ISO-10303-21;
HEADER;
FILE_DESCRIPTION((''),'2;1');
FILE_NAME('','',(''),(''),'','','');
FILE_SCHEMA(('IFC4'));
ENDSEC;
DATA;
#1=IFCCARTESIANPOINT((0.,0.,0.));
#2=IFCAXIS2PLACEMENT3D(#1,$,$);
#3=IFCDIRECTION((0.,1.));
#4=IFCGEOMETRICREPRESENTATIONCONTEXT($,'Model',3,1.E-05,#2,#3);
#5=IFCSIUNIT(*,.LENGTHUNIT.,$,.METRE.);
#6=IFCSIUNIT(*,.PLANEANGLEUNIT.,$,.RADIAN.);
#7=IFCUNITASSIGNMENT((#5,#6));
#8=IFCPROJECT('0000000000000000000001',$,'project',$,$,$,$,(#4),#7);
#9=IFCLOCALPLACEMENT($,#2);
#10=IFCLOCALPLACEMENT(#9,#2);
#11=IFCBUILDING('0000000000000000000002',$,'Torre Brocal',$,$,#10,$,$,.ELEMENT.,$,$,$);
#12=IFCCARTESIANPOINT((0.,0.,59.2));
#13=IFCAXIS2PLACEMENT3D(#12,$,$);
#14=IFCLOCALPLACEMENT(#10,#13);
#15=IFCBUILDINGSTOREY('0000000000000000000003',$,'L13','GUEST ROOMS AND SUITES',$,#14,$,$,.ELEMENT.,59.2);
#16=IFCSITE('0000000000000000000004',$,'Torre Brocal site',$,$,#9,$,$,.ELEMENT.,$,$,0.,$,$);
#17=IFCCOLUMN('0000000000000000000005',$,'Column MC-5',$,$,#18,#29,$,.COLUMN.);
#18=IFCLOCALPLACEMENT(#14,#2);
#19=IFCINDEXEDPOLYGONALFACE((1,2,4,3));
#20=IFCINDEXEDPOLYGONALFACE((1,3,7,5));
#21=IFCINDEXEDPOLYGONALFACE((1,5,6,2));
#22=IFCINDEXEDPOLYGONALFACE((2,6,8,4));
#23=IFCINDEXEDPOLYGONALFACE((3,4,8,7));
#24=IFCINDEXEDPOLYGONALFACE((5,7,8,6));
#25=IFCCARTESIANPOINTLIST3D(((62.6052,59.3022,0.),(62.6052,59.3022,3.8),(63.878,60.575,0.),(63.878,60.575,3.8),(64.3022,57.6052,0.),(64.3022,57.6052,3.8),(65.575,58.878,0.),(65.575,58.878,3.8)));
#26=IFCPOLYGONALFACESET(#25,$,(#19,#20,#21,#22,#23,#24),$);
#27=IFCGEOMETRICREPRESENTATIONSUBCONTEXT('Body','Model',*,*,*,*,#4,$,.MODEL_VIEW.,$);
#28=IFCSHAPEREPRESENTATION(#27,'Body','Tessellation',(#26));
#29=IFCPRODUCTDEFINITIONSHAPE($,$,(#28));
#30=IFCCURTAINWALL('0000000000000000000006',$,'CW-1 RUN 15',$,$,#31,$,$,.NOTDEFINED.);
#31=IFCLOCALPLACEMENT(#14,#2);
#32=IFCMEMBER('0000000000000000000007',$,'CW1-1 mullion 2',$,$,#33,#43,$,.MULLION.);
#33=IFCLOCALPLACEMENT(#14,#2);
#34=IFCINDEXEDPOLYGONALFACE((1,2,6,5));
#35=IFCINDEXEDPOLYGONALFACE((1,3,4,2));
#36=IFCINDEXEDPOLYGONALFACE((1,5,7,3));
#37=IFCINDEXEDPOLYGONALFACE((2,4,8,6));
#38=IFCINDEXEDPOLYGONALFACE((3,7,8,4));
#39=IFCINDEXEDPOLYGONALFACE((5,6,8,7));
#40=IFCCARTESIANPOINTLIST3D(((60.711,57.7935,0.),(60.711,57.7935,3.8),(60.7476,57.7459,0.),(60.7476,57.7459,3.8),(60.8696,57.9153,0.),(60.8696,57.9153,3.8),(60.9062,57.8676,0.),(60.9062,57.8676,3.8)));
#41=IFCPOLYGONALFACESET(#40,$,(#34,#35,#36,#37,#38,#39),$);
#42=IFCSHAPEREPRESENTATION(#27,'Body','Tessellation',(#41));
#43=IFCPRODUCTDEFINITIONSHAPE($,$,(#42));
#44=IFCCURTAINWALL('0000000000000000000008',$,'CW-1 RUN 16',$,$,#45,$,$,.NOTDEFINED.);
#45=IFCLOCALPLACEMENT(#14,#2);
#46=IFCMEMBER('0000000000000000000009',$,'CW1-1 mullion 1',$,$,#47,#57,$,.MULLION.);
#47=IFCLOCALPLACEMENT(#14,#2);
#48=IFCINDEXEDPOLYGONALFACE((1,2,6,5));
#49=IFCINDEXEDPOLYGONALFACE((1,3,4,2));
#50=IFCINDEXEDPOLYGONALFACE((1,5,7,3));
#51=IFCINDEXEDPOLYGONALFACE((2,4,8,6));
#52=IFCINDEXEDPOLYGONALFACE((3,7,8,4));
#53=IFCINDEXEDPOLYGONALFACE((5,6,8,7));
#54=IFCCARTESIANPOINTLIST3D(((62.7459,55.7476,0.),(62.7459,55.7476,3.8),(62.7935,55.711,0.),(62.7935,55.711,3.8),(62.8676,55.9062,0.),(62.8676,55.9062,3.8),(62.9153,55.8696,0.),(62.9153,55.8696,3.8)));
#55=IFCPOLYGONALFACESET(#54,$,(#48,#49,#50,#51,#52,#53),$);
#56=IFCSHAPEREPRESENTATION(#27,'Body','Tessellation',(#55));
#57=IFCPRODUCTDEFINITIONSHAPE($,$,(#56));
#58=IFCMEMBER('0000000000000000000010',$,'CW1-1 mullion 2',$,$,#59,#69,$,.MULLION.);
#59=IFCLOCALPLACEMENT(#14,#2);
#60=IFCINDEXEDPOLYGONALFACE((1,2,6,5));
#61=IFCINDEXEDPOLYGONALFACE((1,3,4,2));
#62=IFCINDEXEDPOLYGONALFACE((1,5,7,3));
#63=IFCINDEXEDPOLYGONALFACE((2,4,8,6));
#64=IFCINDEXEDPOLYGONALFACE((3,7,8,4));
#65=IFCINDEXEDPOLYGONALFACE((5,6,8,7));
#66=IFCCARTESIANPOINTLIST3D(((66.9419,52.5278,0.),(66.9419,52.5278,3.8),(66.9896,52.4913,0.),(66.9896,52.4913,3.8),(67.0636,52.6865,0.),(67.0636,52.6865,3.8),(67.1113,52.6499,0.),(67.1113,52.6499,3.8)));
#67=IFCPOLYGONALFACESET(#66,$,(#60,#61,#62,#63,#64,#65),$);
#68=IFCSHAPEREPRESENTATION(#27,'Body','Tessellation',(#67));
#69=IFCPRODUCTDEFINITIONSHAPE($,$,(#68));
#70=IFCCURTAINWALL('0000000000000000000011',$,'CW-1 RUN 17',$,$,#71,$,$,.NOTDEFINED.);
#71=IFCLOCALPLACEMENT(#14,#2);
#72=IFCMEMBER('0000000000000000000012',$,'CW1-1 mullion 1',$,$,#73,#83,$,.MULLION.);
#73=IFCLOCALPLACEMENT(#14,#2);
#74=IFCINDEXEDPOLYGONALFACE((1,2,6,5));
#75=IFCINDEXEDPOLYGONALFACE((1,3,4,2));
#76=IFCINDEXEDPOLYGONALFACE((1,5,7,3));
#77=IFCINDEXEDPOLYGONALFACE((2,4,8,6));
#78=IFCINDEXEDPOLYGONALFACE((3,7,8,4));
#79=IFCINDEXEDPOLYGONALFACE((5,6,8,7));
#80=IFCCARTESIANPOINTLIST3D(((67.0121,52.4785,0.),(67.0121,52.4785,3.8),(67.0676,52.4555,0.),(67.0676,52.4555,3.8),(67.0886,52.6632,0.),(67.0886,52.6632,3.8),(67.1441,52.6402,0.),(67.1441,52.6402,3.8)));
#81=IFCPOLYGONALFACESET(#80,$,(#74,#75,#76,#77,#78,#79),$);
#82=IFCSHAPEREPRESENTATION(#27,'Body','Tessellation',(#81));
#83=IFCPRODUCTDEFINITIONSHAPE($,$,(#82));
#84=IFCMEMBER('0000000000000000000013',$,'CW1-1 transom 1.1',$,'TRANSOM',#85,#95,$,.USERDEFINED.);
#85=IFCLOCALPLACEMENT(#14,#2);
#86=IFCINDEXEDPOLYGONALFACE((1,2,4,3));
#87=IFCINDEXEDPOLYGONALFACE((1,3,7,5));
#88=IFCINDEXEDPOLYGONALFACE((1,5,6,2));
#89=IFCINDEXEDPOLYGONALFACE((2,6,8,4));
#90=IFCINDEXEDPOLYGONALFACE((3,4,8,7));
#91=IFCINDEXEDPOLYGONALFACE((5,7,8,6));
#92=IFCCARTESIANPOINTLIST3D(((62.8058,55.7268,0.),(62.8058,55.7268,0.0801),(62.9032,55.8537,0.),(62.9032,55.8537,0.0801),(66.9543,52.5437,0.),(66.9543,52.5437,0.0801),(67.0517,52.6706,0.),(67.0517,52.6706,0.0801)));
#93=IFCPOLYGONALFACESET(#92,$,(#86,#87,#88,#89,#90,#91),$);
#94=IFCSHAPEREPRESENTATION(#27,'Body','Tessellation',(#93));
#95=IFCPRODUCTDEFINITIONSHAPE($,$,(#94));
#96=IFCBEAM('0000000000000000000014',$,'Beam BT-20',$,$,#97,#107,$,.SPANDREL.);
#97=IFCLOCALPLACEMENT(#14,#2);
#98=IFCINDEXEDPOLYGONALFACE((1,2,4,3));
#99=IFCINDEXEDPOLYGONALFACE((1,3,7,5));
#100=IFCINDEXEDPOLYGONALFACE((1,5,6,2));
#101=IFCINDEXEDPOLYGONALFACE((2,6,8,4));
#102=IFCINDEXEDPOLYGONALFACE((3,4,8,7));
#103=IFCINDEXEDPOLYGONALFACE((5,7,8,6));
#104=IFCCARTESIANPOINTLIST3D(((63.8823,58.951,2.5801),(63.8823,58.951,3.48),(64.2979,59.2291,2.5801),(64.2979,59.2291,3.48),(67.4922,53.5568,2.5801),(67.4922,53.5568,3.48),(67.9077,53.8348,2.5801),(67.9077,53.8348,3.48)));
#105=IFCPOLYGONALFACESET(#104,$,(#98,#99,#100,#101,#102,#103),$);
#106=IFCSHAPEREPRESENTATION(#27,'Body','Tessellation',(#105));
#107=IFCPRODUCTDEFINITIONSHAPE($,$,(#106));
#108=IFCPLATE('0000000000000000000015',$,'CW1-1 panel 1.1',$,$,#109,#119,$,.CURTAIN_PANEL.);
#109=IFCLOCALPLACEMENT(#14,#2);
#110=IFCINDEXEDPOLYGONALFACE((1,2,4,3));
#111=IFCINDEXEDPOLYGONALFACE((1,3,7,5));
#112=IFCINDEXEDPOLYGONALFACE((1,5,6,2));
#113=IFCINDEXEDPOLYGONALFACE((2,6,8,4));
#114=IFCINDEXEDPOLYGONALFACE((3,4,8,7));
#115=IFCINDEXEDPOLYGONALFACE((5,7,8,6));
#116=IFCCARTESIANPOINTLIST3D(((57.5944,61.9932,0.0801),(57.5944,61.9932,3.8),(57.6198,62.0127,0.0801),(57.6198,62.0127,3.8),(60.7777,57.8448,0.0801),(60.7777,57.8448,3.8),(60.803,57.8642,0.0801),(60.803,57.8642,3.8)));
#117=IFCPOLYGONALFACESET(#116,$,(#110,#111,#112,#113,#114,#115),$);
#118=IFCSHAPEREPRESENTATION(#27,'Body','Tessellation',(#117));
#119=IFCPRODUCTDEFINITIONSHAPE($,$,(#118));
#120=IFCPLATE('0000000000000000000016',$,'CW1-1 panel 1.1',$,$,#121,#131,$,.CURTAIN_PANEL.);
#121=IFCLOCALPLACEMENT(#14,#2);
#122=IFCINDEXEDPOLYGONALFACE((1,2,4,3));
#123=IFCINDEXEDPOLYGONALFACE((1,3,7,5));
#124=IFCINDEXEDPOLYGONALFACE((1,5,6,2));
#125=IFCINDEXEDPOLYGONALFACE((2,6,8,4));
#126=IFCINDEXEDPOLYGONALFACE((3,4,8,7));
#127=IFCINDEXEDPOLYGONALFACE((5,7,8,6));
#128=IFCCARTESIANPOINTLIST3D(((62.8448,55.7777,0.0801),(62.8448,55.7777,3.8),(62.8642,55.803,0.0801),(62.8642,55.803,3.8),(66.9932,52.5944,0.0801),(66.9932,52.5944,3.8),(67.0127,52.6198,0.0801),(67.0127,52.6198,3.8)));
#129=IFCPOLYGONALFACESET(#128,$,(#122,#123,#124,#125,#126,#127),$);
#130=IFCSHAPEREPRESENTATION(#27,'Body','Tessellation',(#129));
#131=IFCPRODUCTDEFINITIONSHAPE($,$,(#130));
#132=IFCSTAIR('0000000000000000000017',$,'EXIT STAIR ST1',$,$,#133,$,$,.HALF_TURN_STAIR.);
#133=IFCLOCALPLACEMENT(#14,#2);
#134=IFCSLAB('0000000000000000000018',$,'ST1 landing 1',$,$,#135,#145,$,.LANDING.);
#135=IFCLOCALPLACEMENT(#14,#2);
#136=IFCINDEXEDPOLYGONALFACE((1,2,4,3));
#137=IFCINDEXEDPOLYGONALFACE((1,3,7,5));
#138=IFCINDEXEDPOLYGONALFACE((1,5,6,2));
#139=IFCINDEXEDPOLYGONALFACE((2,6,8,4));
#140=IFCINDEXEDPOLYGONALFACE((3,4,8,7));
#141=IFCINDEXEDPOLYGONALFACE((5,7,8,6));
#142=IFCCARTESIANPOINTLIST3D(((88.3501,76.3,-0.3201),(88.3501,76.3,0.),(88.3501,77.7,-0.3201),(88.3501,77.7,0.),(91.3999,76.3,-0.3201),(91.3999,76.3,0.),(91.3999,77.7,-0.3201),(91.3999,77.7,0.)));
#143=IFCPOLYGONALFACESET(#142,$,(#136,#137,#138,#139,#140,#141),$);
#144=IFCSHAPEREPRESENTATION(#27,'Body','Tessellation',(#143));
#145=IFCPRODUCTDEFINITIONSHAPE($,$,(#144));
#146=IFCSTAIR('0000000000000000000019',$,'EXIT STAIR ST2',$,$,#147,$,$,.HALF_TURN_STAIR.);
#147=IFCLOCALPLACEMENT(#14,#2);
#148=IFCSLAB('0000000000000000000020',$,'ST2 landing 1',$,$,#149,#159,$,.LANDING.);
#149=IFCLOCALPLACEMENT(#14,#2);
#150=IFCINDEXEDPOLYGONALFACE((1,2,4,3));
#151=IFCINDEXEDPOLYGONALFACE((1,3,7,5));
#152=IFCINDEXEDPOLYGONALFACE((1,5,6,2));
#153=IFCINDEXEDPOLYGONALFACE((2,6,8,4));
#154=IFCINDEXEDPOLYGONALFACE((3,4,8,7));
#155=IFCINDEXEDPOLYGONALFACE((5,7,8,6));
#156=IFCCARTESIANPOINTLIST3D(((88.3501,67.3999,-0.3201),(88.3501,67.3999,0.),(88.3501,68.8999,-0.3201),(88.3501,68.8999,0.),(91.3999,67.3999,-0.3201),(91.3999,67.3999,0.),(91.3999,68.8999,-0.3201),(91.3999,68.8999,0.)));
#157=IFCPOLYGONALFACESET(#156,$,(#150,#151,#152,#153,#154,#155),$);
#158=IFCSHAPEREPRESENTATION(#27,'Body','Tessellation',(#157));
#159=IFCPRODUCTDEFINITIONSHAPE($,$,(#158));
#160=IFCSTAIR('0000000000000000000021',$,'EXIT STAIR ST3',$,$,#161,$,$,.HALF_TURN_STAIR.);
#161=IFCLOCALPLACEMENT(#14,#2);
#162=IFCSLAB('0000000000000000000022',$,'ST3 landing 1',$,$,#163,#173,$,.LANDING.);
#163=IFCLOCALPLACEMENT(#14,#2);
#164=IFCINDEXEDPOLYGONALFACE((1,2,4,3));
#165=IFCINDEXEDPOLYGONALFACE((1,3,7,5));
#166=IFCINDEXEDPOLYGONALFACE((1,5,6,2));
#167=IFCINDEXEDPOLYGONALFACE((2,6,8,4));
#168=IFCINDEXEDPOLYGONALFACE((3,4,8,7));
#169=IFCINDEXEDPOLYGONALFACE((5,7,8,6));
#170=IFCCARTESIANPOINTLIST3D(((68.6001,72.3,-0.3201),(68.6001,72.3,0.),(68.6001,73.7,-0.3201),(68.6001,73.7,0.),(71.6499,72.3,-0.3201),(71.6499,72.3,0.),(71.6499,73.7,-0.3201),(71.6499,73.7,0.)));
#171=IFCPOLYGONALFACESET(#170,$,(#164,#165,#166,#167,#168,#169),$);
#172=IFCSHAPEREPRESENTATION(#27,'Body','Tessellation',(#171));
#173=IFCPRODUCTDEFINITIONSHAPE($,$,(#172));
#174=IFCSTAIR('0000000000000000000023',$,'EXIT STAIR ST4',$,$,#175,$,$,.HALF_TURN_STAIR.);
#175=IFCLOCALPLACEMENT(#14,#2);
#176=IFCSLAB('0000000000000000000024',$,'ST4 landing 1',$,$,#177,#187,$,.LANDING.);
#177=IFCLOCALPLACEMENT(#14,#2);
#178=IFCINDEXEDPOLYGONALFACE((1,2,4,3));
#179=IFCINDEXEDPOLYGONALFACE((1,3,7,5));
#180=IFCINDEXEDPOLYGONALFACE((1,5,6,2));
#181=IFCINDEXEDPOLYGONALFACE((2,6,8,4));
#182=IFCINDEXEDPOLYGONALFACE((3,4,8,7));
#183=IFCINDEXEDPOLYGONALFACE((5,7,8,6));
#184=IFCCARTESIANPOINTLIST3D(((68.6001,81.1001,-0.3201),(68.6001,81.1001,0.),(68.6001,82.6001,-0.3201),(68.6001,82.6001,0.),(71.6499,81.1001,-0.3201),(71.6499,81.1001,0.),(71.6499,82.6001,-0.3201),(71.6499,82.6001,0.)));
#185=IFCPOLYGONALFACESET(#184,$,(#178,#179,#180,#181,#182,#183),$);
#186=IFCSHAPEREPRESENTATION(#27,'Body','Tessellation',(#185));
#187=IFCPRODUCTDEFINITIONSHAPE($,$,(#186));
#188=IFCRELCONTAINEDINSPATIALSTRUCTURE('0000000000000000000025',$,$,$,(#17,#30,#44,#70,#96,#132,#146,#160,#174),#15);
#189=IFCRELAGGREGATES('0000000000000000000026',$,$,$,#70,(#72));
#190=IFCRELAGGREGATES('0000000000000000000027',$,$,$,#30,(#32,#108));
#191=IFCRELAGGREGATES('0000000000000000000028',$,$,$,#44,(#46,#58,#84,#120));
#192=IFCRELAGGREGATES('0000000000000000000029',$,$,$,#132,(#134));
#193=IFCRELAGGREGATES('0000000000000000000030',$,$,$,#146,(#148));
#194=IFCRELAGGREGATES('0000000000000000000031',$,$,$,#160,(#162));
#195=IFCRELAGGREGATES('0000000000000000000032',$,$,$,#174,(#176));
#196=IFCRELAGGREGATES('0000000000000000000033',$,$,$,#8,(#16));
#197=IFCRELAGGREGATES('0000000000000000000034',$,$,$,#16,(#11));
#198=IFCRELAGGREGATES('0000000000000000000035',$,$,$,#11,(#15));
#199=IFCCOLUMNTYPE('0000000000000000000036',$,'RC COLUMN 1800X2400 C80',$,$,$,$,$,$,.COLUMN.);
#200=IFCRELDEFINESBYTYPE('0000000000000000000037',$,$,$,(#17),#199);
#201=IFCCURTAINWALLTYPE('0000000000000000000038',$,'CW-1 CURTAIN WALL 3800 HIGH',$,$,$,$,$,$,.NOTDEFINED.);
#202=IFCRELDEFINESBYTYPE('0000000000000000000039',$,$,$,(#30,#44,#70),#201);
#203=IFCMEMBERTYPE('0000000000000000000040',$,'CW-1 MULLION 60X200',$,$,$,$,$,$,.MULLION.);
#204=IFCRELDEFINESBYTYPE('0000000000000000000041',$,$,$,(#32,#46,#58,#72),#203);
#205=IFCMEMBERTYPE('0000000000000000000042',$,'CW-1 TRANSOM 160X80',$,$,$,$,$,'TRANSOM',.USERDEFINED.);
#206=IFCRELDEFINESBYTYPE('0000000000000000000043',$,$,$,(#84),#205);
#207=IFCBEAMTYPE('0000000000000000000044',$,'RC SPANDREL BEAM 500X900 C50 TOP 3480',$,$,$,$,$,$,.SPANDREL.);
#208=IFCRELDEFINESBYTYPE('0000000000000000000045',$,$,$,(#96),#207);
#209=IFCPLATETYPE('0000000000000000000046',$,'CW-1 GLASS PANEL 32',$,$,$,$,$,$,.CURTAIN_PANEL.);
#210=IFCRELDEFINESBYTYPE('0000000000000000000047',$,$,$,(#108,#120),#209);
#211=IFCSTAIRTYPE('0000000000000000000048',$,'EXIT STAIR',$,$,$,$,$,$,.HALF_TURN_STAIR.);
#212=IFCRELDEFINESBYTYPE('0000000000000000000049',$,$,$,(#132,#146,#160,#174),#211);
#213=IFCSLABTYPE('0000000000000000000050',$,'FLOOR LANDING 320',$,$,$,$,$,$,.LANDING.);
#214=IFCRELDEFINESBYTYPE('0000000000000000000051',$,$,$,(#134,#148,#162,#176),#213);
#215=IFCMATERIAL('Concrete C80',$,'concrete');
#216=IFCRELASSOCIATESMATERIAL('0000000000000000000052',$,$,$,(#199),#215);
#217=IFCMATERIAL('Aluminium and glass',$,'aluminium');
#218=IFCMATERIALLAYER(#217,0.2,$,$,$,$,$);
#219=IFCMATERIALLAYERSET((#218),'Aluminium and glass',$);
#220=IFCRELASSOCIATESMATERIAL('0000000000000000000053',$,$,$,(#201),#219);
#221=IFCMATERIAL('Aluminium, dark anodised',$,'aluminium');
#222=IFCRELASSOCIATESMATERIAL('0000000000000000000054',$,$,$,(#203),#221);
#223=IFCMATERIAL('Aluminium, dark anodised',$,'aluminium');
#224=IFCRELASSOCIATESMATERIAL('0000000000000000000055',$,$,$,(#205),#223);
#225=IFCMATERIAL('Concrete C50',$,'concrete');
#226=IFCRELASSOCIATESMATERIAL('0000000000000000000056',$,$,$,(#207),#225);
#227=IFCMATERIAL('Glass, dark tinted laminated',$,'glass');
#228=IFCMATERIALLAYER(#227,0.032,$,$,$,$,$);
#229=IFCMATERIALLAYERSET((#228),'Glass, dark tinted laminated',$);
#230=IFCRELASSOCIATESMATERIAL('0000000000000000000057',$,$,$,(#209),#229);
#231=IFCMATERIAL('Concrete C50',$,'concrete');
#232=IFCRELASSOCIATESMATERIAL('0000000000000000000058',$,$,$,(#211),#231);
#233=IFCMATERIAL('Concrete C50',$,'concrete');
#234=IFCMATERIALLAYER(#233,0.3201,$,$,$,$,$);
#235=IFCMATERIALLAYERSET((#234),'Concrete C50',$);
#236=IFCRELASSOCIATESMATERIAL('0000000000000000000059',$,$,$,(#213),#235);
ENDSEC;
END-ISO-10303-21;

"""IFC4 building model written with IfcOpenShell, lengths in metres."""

from ifc_helpers import new_model, si_unit, direction, frame, origin, origin_2d, place, context, subcontext, project, spatial, polyline, rectangle, outline, extrude, material, layer, layer_set, material_profile, profile_set, type_object, element, aggregate, save


model = new_model("IFC4")

# Units and contexts
model_context = context("Model", 3, precision=1e-05, world=origin(), true_north=direction((0.0, 1.0)))
body_context = subcontext(model_context, "Body", "Model", "MODEL_VIEW")
ifc_project = project(units=[si_unit("LENGTHUNIT", "METRE"), si_unit("PLANEANGLEUNIT", "RADIAN")], contexts=[model_context])

# Site, building, storey
site_placement = place(None, origin())
site = spatial("IfcSite", under=ifc_project, at=site_placement, Name="Torre Brocal site", CompositionType="ELEMENT", RefElevation=0.0)
building_placement = place(site_placement, origin())
building = spatial("IfcBuilding", under=site, at=building_placement, Name="Torre Brocal", CompositionType="ELEMENT")
storey_placement = place(building_placement, frame((0.0, 0.0, 59.2)))
storey = spatial("IfcBuildingStorey", under=building, at=storey_placement, Name="L13", Description="GUEST ROOMS AND SUITES", CompositionType="ELEMENT", Elevation=59.2)

# Column
ifc_material_1 = material(Name="Concrete C80", Category="concrete")
ifc_material_profile_1 = material_profile(ifc_material_1, rectangle(XDim=1.8, YDim=2.3999, at=origin_2d()), Name="RC 1800X2400")
ifc_profile_set_1 = profile_set([ifc_material_profile_1], Name="Concrete C80")
column_type = type_object("IfcColumnType", Name="RC COLUMN 1800X2400 C80", PredefinedType="COLUMN", material=ifc_profile_set_1)
column_placement = place(storey_placement, frame((64.0901, 59.0901, 0.0), z_axis=(0.0, 0.0, 1.0), x_axis=(-0.707107, -0.707107, 0.0)))
element("IfcColumn", 1, at=column_placement, inside=storey, type_object=column_type, Name="Column MC-5", PredefinedType="COLUMN", context=body_context, shape_type="SweptSolid", body=[
    extrude(rectangle(XDim=1.8, YDim=2.3999, at=origin_2d()), origin(), (0.0, 0.0, 1.0), 3.8),
])

# Curtain wall, member
ifc_material_2 = material(Name="Aluminium and glass", Category="aluminium")
ifc_layer_1 = layer(ifc_material_2, 0.2)
ifc_layer_set_1 = layer_set([ifc_layer_1], Name="Aluminium and glass")
curtain_wall_type = type_object("IfcCurtainWallType", Name="CW-1 CURTAIN WALL 3800 HIGH", PredefinedType="NOTDEFINED", material=ifc_layer_set_1)
curtain_wall_1_placement = place(storey_placement, origin())
curtain_wall_1 = element("IfcCurtainWall", 2, at=curtain_wall_1_placement, inside=storey, type_object=curtain_wall_type, Name="CW-1 RUN 15", PredefinedType="NOTDEFINED")
ifc_material_3 = material(Name="Aluminium, dark anodised", Category="aluminium")
ifc_material_profile_2 = material_profile(ifc_material_3, rectangle(XDim=0.2, YDim=0.0601, at=origin_2d()), Name="CW-1 MULLION 60X200")
ifc_profile_set_2 = profile_set([ifc_material_profile_2], Name="Aluminium, dark anodised")
member_type_1 = type_object("IfcMemberType", Name="CW-1 MULLION 60X200", PredefinedType="MULLION", material=ifc_profile_set_2)
member_1_placement = place(storey_placement, frame((60.8086, 57.8306, 0.0), z_axis=(0.0, 0.0, 1.0), x_axis=(0.793353, 0.608761, 0.0)))
member_1 = element("IfcMember", 3, at=member_1_placement, type_object=member_type_1, Name="CW1-1 mullion 2", PredefinedType="MULLION", context=body_context, shape_type="SweptSolid", body=[
    extrude(rectangle(XDim=0.2, YDim=0.0601, at=origin_2d()), origin(), (0.0, 0.0, 1.0), 3.8),
])

# Curtain wall, members
curtain_wall_2_placement = place(storey_placement, origin())
curtain_wall_2 = element("IfcCurtainWall", 4, at=curtain_wall_2_placement, inside=storey, type_object=curtain_wall_type, Name="CW-1 RUN 16", PredefinedType="NOTDEFINED")
member_2_placement = place(storey_placement, frame((62.8306, 55.8086, 0.0), z_axis=(0.0, 0.0, 1.0), x_axis=(0.608761, 0.793353, 0.0)))
member_2 = element("IfcMember", 5, at=member_2_placement, type_object=member_type_1, Name="CW1-1 mullion 1", PredefinedType="MULLION", context=body_context, shape_type="SweptSolid", body=[
    extrude(rectangle(XDim=0.2, YDim=0.0601, at=origin_2d()), origin(), (0.0, 0.0, 1.0), 3.8),
])
member_3_placement = place(storey_placement, frame((67.0266, 52.5889, 0.0), z_axis=(0.0, 0.0, 1.0), x_axis=(0.608761, 0.793353, 0.0)))
member_3 = element("IfcMember", 6, at=member_3_placement, type_object=member_type_1, Name="CW1-1 mullion 2", PredefinedType="MULLION", context=body_context, shape_type="SweptSolid", body=[
    extrude(rectangle(XDim=0.2, YDim=0.0601, at=origin_2d()), origin(), (0.0, 0.0, 1.0), 3.8),
])

# Curtain wall, member
curtain_wall_3_placement = place(storey_placement, origin())
curtain_wall_3 = element("IfcCurtainWall", 7, at=curtain_wall_3_placement, inside=storey, type_object=curtain_wall_type, Name="CW-1 RUN 17", PredefinedType="NOTDEFINED")
member_4_placement = place(storey_placement, frame((67.0781, 52.5593, 0.0), z_axis=(0.0, 0.0, 1.0), x_axis=(0.382683, 0.92388, 0.0)))
member_4 = element("IfcMember", 8, at=member_4_placement, type_object=member_type_1, Name="CW1-1 mullion 1", PredefinedType="MULLION", context=body_context, shape_type="SweptSolid", body=[
    extrude(rectangle(XDim=0.2, YDim=0.0601, at=origin_2d()), origin(), (0.0, 0.0, 1.0), 3.8),
])
aggregate(curtain_wall_3, [member_4])

# Member
ifc_material_4 = material(Name="Aluminium, dark anodised", Category="aluminium")
ifc_material_profile_3 = material_profile(ifc_material_4, rectangle(XDim=0.1599, YDim=0.0801, at=origin_2d()), Name="CW-1 TRANSOM 160X80")
ifc_profile_set_3 = profile_set([ifc_material_profile_3], Name="Aluminium, dark anodised")
member_type_2 = type_object("IfcMemberType", Name="CW-1 TRANSOM 160X80", ElementType="TRANSOM", PredefinedType="USERDEFINED", material=ifc_profile_set_3)
member_5_placement = place(storey_placement, frame((62.8545, 55.7903, 0.04), z_axis=(0.793363, -0.608749, 0.0), x_axis=(0.608749, 0.793363, 0.0)))
member_5 = element("IfcMember", 9, at=member_5_placement, type_object=member_type_2, Name="CW1-1 transom 1.1", ObjectType="TRANSOM", PredefinedType="USERDEFINED", context=body_context, shape_type="SweptSolid", body=[
    extrude(rectangle(XDim=0.1599, YDim=0.0801, at=origin_2d()), origin(), (0.0, 0.0, 1.0), 5.229),
])

# Beam
ifc_material_5 = material(Name="Concrete C50", Category="concrete")
ifc_material_profile_4 = material_profile(ifc_material_5, rectangle(XDim=0.5, YDim=0.8999, at=origin_2d()), Name="RC 500X900")
ifc_profile_set_4 = profile_set([ifc_material_profile_4], Name="Concrete C50")
beam_type = type_object("IfcBeamType", Name="RC SPANDREL BEAM 500X900 C50 TOP 3480", PredefinedType="SPANDREL", material=ifc_profile_set_4)
beam_placement = place(storey_placement, frame((64.0901, 59.0901, 3.03), z_axis=(0.556158, -0.831077, 0.0), x_axis=(0.831077, 0.556158, 0.0)))
element("IfcBeam", 10, at=beam_placement, inside=storey, type_object=beam_type, Name="Beam BT-20", PredefinedType="SPANDREL", context=body_context, shape_type="SweptSolid", body=[
    extrude(rectangle(XDim=0.5, YDim=0.8999, at=origin_2d()), origin(), (0.0, 0.0, 1.0), 6.4907),
])

# Plates
ifc_material_6 = material(Name="Glass, dark tinted laminated", Category="glass")
ifc_layer_2 = layer(ifc_material_6, 0.032)
ifc_layer_set_2 = layer_set([ifc_layer_2], Name="Glass, dark tinted laminated")
plate_type = type_object("IfcPlateType", Name="CW-1 GLASS PANEL 32", PredefinedType="CURTAIN_PANEL", material=ifc_layer_set_2)
plate_1_placement = place(storey_placement, frame((59.1987, 59.9287, 0.0801), z_axis=(0.0, 0.0, 1.0), x_axis=(0.608761, -0.793353, 0.0)))
plate_1 = element("IfcPlate", 11, at=plate_1_placement, type_object=plate_type, Name="CW1-1 panel 1.1", PredefinedType="CURTAIN_PANEL", context=body_context, shape_type="SweptSolid", body=[
    extrude(rectangle(XDim=5.229, YDim=0.032, at=origin_2d()), origin(), (0.0, 0.0, 1.0), 3.72),
])
aggregate(curtain_wall_1, [member_1, plate_1])
plate_2_placement = place(storey_placement, frame((64.9287, 54.1987, 0.0801), z_axis=(0.0, 0.0, 1.0), x_axis=(0.793353, -0.608761, 0.0)))
plate_2 = element("IfcPlate", 12, at=plate_2_placement, type_object=plate_type, Name="CW1-1 panel 1.1", PredefinedType="CURTAIN_PANEL", context=body_context, shape_type="SweptSolid", body=[
    extrude(rectangle(XDim=5.229, YDim=0.032, at=origin_2d()), origin(), (0.0, 0.0, 1.0), 3.72),
])
aggregate(curtain_wall_2, [member_2, member_3, member_5, plate_2])

# Stairs, slabs
ifc_material_7 = material(Name="Concrete C50", Category="concrete")
stair_type = type_object("IfcStairType", Name="EXIT STAIR", PredefinedType="HALF_TURN_STAIR", material=ifc_material_7)
stair_1_placement = place(storey_placement, origin())
stair_1 = element("IfcStair", 13, at=stair_1_placement, inside=storey, type_object=stair_type, Name="EXIT STAIR ST1", PredefinedType="HALF_TURN_STAIR")
ifc_material_8 = material(Name="Concrete C50", Category="concrete")
ifc_layer_3 = layer(ifc_material_8, 0.3201)
ifc_layer_set_3 = layer_set([ifc_layer_3], Name="Concrete C50")
slab_type_1 = type_object("IfcSlabType", Name="FLOOR LANDING 320", PredefinedType="LANDING", material=ifc_layer_set_3)
slab_1_placement = place(storey_placement, frame((0.0, 0.0, -0.3201)))
slab_1 = element("IfcSlab", 14, at=slab_1_placement, type_object=slab_type_1, Name="ST1 landing 1", PredefinedType="LANDING", context=body_context, shape_type="SweptSolid", body=[
    extrude(outline(polyline([(88.3501, 76.3), (91.3999, 76.3), (91.3999, 77.7), (88.3501, 77.7), (88.3501, 76.3)])), origin(), (0.0, 0.0, 1.0), 0.3201),
])
stair_2_placement = place(storey_placement, origin())
stair_2 = element("IfcStair", 15, at=stair_2_placement, inside=storey, type_object=stair_type, Name="EXIT STAIR ST2", PredefinedType="HALF_TURN_STAIR")
slab_2_placement = place(storey_placement, frame((0.0, 0.0, -0.3201)))
slab_2 = element("IfcSlab", 16, at=slab_2_placement, type_object=slab_type_1, Name="ST2 landing 1", PredefinedType="LANDING", context=body_context, shape_type="SweptSolid", body=[
    extrude(outline(polyline([(88.3501, 67.3999), (91.3999, 67.3999), (91.3999, 68.8999), (88.3501, 68.8999), (88.3501, 67.3999)])), origin(), (0.0, 0.0, 1.0), 0.3201),
])
stair_3_placement = place(storey_placement, origin())
stair_3 = element("IfcStair", 17, at=stair_3_placement, inside=storey, type_object=stair_type, Name="EXIT STAIR ST3", PredefinedType="HALF_TURN_STAIR")
slab_3_placement = place(storey_placement, frame((0.0, 0.0, -0.3201)))
slab_3 = element("IfcSlab", 18, at=slab_3_placement, type_object=slab_type_1, Name="ST3 landing 1", PredefinedType="LANDING", context=body_context, shape_type="SweptSolid", body=[
    extrude(outline(polyline([(71.6499, 73.7), (68.6001, 73.7), (68.6001, 72.3), (71.6499, 72.3), (71.6499, 73.7)])), origin(), (0.0, 0.0, 1.0), 0.3201),
])
stair_4_placement = place(storey_placement, origin())
stair_4 = element("IfcStair", 19, at=stair_4_placement, inside=storey, type_object=stair_type, Name="EXIT STAIR ST4", PredefinedType="HALF_TURN_STAIR")
slab_4_placement = place(storey_placement, frame((0.0, 0.0, -0.3201)))
slab_4 = element("IfcSlab", 20, at=slab_4_placement, type_object=slab_type_1, Name="ST4 landing 1", PredefinedType="LANDING", context=body_context, shape_type="SweptSolid", body=[
    extrude(outline(polyline([(71.6499, 82.6001), (68.6001, 82.6001), (68.6001, 81.1001), (71.6499, 81.1001), (71.6499, 82.6001)])), origin(), (0.0, 0.0, 1.0), 0.3201),
])

aggregate(stair_1, [slab_1])
aggregate(stair_2, [slab_2])
aggregate(stair_3, [slab_3])
aggregate(stair_4, [slab_4])

save(model, "model.ifc")
